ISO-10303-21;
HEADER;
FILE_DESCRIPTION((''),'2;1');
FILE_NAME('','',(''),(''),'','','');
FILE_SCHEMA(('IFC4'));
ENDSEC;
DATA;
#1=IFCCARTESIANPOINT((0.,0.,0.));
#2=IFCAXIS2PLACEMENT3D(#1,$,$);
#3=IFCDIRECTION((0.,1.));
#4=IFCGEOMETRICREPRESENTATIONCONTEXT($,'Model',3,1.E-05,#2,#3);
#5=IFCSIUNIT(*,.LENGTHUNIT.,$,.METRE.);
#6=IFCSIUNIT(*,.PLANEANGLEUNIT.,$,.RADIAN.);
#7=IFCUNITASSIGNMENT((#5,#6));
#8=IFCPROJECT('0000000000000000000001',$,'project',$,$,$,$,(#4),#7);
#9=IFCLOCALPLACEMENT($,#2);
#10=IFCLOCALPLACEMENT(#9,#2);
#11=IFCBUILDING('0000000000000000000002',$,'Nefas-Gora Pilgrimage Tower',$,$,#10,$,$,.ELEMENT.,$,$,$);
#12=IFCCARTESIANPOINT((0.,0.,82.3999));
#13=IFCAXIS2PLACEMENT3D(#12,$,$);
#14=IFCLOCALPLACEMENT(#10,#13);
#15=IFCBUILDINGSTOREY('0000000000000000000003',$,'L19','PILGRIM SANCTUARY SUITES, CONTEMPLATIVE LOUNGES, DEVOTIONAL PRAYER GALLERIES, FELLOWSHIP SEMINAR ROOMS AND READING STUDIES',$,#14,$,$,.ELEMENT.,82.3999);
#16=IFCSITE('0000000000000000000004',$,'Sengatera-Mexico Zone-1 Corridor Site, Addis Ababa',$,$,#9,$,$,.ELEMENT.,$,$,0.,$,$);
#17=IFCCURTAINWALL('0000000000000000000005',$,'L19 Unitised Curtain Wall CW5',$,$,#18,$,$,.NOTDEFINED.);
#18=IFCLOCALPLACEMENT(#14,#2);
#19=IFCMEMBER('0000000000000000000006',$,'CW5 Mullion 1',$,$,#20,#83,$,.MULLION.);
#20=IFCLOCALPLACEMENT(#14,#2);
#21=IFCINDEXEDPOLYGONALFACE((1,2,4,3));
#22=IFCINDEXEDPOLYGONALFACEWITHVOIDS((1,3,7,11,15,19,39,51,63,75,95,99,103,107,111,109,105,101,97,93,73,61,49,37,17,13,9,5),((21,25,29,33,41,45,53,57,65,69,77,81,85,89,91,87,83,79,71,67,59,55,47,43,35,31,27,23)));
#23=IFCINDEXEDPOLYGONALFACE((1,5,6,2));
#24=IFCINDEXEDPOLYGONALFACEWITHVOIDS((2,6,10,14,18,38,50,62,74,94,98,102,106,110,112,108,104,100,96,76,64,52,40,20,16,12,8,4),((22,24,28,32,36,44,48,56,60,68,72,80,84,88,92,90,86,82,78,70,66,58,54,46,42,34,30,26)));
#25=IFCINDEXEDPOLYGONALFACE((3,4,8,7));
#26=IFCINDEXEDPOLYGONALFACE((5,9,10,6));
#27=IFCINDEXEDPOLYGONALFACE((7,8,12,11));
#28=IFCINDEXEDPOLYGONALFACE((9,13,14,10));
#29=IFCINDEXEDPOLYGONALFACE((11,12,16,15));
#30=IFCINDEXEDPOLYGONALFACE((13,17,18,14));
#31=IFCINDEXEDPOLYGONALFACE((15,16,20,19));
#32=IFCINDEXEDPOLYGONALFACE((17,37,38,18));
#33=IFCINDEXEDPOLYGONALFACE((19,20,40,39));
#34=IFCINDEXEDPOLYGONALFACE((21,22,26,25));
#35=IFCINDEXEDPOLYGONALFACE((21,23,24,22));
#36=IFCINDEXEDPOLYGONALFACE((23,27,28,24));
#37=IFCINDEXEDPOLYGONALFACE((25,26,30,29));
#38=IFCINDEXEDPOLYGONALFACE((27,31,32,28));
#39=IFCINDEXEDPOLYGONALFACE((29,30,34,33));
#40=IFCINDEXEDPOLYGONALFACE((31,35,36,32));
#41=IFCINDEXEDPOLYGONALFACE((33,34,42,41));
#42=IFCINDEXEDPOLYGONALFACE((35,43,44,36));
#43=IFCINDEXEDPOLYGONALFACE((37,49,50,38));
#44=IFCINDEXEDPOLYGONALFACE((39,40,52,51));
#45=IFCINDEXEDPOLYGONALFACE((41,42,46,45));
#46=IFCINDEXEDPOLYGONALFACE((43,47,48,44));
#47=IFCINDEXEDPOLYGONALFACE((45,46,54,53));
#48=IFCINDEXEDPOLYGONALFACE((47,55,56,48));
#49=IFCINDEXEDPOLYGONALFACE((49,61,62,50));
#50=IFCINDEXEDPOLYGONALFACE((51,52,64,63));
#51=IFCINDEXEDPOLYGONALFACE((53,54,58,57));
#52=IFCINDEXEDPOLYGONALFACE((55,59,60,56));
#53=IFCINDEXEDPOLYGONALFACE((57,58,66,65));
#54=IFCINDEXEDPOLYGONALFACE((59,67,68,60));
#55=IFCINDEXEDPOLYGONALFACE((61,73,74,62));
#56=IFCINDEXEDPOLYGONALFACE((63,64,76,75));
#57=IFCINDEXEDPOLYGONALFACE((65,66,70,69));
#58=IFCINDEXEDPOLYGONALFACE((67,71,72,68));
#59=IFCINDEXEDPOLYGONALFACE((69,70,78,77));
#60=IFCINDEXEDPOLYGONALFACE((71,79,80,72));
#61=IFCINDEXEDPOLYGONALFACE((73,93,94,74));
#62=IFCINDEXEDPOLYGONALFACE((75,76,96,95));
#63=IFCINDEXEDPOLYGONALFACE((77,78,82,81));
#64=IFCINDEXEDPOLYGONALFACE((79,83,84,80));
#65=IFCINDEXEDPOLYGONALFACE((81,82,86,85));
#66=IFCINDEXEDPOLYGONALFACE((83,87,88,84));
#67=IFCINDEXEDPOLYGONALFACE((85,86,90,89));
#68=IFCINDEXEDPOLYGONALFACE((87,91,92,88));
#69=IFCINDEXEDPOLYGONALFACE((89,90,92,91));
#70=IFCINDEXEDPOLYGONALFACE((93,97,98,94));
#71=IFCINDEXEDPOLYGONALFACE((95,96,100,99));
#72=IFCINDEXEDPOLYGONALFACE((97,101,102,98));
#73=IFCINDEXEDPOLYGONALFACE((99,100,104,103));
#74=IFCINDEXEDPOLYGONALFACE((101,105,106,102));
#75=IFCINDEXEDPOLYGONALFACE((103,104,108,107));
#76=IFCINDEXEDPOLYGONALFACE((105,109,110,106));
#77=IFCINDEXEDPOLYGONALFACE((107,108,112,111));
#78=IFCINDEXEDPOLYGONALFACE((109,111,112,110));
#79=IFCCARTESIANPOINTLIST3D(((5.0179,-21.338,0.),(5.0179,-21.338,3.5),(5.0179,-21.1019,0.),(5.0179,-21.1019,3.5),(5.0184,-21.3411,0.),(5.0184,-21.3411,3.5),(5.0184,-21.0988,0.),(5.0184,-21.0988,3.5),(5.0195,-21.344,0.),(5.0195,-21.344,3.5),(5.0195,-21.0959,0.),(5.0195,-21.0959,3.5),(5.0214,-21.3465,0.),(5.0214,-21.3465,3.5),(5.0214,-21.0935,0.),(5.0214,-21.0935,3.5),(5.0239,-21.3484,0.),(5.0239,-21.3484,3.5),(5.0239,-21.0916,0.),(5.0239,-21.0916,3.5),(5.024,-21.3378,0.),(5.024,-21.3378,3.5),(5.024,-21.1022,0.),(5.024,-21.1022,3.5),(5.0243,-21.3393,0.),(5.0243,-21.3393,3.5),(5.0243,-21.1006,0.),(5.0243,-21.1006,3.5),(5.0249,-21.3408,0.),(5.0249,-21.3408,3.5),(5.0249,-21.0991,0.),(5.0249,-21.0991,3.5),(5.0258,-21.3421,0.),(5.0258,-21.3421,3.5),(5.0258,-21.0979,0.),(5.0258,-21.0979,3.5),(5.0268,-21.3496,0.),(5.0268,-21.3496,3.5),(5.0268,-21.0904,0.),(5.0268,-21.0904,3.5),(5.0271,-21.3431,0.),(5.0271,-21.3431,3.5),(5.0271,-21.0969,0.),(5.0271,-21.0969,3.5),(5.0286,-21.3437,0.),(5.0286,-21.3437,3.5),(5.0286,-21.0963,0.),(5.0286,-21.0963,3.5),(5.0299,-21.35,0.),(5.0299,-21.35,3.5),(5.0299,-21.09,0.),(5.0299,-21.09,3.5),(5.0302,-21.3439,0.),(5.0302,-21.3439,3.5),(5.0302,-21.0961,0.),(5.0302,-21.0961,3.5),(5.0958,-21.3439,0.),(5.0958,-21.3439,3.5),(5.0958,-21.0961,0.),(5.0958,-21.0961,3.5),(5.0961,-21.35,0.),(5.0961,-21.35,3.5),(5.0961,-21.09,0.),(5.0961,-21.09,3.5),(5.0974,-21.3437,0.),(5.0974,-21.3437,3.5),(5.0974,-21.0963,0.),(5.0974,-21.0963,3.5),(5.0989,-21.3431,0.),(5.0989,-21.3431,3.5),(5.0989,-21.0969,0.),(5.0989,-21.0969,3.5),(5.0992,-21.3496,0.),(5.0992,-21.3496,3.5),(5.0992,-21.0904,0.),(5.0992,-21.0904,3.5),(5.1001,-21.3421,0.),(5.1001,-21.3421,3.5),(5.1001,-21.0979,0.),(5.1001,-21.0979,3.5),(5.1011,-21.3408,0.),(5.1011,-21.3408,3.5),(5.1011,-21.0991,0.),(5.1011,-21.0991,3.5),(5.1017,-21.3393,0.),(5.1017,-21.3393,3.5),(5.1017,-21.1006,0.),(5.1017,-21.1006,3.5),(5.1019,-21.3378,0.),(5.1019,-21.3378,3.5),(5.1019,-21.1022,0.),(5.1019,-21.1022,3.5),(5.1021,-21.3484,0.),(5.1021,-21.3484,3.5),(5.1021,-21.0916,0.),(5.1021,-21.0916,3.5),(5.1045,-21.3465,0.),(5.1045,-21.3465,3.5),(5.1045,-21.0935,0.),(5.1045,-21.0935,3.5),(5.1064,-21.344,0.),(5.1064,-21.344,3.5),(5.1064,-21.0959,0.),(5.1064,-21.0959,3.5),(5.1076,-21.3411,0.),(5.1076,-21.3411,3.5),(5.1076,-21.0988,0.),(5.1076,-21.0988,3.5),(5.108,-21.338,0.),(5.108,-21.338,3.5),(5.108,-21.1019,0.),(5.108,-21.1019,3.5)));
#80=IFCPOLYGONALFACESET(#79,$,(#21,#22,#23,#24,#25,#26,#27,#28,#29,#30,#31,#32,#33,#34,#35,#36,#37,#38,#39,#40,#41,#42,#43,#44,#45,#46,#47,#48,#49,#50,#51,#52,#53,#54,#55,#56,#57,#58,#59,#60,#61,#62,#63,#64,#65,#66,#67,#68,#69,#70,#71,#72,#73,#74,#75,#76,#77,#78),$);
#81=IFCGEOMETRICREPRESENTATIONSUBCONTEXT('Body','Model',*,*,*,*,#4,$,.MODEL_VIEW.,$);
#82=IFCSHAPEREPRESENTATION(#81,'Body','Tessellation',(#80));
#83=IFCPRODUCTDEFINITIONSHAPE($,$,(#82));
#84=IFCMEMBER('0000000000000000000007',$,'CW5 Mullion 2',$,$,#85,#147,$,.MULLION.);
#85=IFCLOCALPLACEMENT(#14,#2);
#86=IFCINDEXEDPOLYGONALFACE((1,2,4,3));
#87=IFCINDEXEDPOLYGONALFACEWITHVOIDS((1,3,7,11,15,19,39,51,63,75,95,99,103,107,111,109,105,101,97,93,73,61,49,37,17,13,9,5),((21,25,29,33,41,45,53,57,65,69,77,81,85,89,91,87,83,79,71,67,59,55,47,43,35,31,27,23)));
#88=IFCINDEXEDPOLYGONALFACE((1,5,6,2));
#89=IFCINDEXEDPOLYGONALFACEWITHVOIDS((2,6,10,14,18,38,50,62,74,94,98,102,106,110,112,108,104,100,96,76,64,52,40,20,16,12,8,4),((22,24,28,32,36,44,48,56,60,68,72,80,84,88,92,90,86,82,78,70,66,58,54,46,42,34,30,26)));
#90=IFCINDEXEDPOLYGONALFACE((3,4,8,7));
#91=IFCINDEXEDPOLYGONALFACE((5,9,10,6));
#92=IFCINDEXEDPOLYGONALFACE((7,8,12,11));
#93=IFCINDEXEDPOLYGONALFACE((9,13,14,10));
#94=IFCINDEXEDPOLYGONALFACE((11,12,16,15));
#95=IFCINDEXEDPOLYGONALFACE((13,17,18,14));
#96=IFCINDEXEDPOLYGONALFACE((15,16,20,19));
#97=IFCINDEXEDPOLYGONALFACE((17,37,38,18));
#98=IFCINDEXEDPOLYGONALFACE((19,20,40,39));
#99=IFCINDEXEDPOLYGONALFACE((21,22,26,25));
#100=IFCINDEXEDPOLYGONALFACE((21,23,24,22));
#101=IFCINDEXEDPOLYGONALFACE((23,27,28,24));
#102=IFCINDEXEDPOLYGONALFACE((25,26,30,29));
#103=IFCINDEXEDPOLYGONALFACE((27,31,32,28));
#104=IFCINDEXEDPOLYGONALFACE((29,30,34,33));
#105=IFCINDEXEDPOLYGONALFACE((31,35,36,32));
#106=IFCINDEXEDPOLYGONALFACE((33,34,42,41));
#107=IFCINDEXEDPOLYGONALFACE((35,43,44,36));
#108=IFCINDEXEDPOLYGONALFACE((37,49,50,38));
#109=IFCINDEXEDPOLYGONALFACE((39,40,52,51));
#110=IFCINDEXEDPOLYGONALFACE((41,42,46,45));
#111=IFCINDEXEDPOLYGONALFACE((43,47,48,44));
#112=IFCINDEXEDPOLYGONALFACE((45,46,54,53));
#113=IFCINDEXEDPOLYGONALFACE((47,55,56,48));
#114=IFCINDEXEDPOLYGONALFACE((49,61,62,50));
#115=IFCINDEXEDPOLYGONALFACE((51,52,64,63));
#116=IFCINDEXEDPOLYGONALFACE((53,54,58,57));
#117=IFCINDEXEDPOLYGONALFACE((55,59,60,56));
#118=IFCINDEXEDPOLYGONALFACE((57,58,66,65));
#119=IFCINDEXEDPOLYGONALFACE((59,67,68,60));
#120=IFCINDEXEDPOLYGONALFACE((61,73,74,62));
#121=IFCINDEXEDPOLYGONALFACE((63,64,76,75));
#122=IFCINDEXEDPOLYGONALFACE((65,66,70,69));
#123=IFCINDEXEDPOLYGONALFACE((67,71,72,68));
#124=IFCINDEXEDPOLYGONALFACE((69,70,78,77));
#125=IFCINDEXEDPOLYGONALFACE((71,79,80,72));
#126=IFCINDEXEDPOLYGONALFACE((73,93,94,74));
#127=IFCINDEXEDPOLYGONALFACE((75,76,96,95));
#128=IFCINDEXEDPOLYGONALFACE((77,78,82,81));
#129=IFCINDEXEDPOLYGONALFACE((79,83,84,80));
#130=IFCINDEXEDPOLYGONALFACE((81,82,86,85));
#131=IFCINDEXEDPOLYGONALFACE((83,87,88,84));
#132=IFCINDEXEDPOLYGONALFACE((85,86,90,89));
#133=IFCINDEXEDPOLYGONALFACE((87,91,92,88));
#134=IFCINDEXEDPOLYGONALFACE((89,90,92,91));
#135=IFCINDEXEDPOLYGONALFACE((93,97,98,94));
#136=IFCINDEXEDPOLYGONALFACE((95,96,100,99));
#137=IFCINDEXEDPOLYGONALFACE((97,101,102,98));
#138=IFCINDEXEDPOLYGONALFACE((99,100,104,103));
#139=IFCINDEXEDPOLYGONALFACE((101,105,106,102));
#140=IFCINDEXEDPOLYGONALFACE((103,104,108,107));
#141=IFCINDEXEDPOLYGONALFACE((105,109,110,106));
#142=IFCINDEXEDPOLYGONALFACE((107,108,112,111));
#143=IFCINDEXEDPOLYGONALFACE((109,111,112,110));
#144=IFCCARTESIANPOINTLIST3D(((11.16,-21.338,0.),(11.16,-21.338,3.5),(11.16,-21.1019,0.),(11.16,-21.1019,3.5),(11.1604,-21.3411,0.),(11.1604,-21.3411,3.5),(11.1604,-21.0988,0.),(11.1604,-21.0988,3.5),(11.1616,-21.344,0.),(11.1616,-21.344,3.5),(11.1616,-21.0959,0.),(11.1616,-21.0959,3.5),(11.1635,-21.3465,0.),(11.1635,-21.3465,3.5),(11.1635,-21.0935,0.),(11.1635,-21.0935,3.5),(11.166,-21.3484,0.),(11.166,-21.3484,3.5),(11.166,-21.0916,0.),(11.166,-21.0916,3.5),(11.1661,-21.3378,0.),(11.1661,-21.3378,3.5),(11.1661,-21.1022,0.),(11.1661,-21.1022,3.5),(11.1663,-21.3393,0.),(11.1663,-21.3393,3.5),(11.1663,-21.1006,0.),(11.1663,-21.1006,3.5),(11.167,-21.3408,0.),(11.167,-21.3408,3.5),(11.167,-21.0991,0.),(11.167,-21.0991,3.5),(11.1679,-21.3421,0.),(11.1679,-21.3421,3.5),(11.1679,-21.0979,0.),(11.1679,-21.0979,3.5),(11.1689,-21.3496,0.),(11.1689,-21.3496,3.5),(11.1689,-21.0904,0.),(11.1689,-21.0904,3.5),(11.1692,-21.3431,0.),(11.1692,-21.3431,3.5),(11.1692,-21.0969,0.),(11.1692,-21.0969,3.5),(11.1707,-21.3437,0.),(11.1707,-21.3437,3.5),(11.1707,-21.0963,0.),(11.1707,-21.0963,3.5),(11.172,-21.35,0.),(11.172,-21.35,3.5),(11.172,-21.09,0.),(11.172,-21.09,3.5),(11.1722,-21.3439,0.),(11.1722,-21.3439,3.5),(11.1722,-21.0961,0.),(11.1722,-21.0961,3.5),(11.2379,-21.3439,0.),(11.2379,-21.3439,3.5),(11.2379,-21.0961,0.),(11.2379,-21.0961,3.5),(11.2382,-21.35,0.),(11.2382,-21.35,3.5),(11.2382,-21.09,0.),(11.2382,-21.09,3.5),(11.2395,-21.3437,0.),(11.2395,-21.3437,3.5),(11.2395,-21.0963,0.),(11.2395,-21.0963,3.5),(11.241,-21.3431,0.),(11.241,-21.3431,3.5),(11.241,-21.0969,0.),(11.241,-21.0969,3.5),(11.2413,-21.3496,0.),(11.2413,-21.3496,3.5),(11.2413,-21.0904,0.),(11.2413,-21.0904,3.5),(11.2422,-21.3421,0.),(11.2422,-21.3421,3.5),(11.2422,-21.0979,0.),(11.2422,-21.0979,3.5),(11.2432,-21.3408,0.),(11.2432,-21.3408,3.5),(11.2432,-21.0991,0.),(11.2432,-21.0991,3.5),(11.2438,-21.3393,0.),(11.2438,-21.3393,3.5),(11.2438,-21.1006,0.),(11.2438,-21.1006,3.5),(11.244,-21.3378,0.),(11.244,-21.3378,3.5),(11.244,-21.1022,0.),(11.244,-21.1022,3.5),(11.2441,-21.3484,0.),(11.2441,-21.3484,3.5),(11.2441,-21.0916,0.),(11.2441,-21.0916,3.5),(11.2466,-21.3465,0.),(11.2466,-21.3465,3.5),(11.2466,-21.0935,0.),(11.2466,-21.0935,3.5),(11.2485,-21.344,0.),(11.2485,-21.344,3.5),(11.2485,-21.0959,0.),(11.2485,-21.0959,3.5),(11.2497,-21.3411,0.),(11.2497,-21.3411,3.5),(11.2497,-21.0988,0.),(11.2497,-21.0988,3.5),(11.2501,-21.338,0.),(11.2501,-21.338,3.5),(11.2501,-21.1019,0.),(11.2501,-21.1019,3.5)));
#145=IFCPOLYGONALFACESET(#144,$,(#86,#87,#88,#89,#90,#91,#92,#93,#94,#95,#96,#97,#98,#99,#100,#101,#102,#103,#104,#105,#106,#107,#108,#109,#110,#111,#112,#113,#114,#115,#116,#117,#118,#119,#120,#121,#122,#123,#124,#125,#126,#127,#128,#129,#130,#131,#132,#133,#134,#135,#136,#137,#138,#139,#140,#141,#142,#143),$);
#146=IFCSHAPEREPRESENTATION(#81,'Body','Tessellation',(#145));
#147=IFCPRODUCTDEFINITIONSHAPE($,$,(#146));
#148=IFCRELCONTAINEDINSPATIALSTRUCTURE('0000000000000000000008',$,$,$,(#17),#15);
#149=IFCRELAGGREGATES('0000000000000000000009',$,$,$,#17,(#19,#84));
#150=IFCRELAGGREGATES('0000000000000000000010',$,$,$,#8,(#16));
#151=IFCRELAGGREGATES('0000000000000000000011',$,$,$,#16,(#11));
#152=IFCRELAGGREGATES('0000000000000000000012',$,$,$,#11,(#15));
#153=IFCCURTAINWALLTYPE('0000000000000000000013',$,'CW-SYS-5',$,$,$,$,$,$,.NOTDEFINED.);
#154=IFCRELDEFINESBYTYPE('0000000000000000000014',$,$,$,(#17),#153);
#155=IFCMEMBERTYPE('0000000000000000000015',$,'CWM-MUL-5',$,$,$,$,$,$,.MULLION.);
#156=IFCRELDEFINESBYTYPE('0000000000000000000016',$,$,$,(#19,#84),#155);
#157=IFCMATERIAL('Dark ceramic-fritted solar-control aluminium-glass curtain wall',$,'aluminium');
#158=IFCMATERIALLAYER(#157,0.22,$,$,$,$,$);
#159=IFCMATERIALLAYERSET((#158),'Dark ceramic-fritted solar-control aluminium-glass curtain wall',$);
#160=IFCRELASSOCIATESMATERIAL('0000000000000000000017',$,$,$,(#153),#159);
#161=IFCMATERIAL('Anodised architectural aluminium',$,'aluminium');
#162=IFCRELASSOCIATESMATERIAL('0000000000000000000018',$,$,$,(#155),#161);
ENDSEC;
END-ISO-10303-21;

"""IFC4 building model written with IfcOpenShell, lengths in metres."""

from ifc_helpers import new_model, si_unit, direction, frame, origin, origin_2d, place, context, subcontext, project, spatial, hollow_rectangle, extrude, source, transform, mapped, material, layer, layer_set, material_profile, profile_set, type_object, element, aggregate, save


model = new_model("IFC4")

# Units and contexts
model_context = context("Model", 3, precision=1e-05, world=origin(), true_north=direction((0.0, 1.0)))
body_context = subcontext(model_context, "Body", "Model", "MODEL_VIEW")
ifc_project = project(units=[si_unit("LENGTHUNIT", "METRE"), si_unit("PLANEANGLEUNIT", "RADIAN")], contexts=[model_context])

# Site, building, storey
site_placement = place(None, origin())
site = spatial("IfcSite", under=ifc_project, at=site_placement, Name="Sengatera-Mexico Zone-1 Corridor Site, Addis Ababa", CompositionType="ELEMENT", RefElevation=0.0)
building_placement = place(site_placement, origin())
building = spatial("IfcBuilding", under=site, at=building_placement, Name="Nefas-Gora Pilgrimage Tower", CompositionType="ELEMENT")
storey_placement = place(building_placement, frame((0.0, 0.0, 82.3999)))
storey = spatial("IfcBuildingStorey", under=building, at=storey_placement, Name="L19", Description="PILGRIM SANCTUARY SUITES, CONTEMPLATIVE LOUNGES, DEVOTIONAL PRAYER GALLERIES, FELLOWSHIP SEMINAR ROOMS AND READING STUDIES", CompositionType="ELEMENT", Elevation=82.3999)

# Curtain wall
ifc_material_1 = material(Name="Dark ceramic-fritted solar-control aluminium-glass curtain wall", Category="aluminium")
ifc_layer_1 = layer(ifc_material_1, 0.22)
ifc_layer_set_1 = layer_set([ifc_layer_1], Name="Dark ceramic-fritted solar-control aluminium-glass curtain wall")
curtain_wall_type_1 = type_object("IfcCurtainWallType", Name="CW-SYS-5", PredefinedType="NOTDEFINED", material=ifc_layer_set_1)
curtain_wall_1_placement = place(storey_placement, origin())
curtain_wall_1 = element("IfcCurtainWall", 1, at=curtain_wall_1_placement, inside=storey, type_object=curtain_wall_type_1, Name="L19 Unitised Curtain Wall CW5", PredefinedType="NOTDEFINED")
ifc_material_2 = material(Name="Anodised architectural aluminium", Category="aluminium")

# Members
ifc_material_profile_1 = material_profile(ifc_material_2, hollow_rectangle(XDim=0.0901, YDim=0.26, WallThickness=0.0061, InnerFilletRadius=0.0061, OuterFilletRadius=0.012, at=origin_2d()), Name="ALU MULLION 90x260")
ifc_profile_set_1 = profile_set([ifc_material_profile_1], Name="Anodised architectural aluminium")
member_type_1 = type_object("IfcMemberType", Name="CWM-MUL-5", PredefinedType="MULLION", material=ifc_profile_set_1)
shared_shape_1 = source(origin(), body_context, "Body", "SweptSolid", [
    extrude(hollow_rectangle(XDim=0.0901, YDim=0.26, WallThickness=0.0061, InnerFilletRadius=0.0061, OuterFilletRadius=0.012, at=origin_2d()), origin(), (0.0, 0.0, 1.0), 3.5),
])
member_1_placement = place(storey_placement, frame((5.063, -21.22, 0.0), z_axis=(0.0, 0.0, 1.0), x_axis=(1.0, 0.0, 0.0)))
member_1 = element("IfcMember", 2, at=member_1_placement, type_object=member_type_1, Name="CW5 Mullion 1", PredefinedType="MULLION", context=body_context, shape_type="MappedRepresentation", body=[
    mapped(shared_shape_1, transform((0.0, 0.0, 0.0), x_axis=(1.0, 0.0, 0.0), y_axis=(0.0, 1.0, 0.0), z_axis=(0.0, 0.0, 1.0), scale=1.0)),
])
member_2_placement = place(storey_placement, frame((11.2051, -21.22, 0.0), z_axis=(0.0, 0.0, 1.0), x_axis=(1.0, 0.0, 0.0)))
member_2 = element("IfcMember", 3, at=member_2_placement, type_object=member_type_1, Name="CW5 Mullion 2", PredefinedType="MULLION", context=body_context, shape_type="MappedRepresentation", body=[
    mapped(shared_shape_1, transform((0.0, 0.0, 0.0), x_axis=(1.0, 0.0, 0.0), y_axis=(0.0, 1.0, 0.0), z_axis=(0.0, 0.0, 1.0), scale=1.0)),
])

aggregate(curtain_wall_1, [member_1, member_2])

save(model, "model.ifc")
